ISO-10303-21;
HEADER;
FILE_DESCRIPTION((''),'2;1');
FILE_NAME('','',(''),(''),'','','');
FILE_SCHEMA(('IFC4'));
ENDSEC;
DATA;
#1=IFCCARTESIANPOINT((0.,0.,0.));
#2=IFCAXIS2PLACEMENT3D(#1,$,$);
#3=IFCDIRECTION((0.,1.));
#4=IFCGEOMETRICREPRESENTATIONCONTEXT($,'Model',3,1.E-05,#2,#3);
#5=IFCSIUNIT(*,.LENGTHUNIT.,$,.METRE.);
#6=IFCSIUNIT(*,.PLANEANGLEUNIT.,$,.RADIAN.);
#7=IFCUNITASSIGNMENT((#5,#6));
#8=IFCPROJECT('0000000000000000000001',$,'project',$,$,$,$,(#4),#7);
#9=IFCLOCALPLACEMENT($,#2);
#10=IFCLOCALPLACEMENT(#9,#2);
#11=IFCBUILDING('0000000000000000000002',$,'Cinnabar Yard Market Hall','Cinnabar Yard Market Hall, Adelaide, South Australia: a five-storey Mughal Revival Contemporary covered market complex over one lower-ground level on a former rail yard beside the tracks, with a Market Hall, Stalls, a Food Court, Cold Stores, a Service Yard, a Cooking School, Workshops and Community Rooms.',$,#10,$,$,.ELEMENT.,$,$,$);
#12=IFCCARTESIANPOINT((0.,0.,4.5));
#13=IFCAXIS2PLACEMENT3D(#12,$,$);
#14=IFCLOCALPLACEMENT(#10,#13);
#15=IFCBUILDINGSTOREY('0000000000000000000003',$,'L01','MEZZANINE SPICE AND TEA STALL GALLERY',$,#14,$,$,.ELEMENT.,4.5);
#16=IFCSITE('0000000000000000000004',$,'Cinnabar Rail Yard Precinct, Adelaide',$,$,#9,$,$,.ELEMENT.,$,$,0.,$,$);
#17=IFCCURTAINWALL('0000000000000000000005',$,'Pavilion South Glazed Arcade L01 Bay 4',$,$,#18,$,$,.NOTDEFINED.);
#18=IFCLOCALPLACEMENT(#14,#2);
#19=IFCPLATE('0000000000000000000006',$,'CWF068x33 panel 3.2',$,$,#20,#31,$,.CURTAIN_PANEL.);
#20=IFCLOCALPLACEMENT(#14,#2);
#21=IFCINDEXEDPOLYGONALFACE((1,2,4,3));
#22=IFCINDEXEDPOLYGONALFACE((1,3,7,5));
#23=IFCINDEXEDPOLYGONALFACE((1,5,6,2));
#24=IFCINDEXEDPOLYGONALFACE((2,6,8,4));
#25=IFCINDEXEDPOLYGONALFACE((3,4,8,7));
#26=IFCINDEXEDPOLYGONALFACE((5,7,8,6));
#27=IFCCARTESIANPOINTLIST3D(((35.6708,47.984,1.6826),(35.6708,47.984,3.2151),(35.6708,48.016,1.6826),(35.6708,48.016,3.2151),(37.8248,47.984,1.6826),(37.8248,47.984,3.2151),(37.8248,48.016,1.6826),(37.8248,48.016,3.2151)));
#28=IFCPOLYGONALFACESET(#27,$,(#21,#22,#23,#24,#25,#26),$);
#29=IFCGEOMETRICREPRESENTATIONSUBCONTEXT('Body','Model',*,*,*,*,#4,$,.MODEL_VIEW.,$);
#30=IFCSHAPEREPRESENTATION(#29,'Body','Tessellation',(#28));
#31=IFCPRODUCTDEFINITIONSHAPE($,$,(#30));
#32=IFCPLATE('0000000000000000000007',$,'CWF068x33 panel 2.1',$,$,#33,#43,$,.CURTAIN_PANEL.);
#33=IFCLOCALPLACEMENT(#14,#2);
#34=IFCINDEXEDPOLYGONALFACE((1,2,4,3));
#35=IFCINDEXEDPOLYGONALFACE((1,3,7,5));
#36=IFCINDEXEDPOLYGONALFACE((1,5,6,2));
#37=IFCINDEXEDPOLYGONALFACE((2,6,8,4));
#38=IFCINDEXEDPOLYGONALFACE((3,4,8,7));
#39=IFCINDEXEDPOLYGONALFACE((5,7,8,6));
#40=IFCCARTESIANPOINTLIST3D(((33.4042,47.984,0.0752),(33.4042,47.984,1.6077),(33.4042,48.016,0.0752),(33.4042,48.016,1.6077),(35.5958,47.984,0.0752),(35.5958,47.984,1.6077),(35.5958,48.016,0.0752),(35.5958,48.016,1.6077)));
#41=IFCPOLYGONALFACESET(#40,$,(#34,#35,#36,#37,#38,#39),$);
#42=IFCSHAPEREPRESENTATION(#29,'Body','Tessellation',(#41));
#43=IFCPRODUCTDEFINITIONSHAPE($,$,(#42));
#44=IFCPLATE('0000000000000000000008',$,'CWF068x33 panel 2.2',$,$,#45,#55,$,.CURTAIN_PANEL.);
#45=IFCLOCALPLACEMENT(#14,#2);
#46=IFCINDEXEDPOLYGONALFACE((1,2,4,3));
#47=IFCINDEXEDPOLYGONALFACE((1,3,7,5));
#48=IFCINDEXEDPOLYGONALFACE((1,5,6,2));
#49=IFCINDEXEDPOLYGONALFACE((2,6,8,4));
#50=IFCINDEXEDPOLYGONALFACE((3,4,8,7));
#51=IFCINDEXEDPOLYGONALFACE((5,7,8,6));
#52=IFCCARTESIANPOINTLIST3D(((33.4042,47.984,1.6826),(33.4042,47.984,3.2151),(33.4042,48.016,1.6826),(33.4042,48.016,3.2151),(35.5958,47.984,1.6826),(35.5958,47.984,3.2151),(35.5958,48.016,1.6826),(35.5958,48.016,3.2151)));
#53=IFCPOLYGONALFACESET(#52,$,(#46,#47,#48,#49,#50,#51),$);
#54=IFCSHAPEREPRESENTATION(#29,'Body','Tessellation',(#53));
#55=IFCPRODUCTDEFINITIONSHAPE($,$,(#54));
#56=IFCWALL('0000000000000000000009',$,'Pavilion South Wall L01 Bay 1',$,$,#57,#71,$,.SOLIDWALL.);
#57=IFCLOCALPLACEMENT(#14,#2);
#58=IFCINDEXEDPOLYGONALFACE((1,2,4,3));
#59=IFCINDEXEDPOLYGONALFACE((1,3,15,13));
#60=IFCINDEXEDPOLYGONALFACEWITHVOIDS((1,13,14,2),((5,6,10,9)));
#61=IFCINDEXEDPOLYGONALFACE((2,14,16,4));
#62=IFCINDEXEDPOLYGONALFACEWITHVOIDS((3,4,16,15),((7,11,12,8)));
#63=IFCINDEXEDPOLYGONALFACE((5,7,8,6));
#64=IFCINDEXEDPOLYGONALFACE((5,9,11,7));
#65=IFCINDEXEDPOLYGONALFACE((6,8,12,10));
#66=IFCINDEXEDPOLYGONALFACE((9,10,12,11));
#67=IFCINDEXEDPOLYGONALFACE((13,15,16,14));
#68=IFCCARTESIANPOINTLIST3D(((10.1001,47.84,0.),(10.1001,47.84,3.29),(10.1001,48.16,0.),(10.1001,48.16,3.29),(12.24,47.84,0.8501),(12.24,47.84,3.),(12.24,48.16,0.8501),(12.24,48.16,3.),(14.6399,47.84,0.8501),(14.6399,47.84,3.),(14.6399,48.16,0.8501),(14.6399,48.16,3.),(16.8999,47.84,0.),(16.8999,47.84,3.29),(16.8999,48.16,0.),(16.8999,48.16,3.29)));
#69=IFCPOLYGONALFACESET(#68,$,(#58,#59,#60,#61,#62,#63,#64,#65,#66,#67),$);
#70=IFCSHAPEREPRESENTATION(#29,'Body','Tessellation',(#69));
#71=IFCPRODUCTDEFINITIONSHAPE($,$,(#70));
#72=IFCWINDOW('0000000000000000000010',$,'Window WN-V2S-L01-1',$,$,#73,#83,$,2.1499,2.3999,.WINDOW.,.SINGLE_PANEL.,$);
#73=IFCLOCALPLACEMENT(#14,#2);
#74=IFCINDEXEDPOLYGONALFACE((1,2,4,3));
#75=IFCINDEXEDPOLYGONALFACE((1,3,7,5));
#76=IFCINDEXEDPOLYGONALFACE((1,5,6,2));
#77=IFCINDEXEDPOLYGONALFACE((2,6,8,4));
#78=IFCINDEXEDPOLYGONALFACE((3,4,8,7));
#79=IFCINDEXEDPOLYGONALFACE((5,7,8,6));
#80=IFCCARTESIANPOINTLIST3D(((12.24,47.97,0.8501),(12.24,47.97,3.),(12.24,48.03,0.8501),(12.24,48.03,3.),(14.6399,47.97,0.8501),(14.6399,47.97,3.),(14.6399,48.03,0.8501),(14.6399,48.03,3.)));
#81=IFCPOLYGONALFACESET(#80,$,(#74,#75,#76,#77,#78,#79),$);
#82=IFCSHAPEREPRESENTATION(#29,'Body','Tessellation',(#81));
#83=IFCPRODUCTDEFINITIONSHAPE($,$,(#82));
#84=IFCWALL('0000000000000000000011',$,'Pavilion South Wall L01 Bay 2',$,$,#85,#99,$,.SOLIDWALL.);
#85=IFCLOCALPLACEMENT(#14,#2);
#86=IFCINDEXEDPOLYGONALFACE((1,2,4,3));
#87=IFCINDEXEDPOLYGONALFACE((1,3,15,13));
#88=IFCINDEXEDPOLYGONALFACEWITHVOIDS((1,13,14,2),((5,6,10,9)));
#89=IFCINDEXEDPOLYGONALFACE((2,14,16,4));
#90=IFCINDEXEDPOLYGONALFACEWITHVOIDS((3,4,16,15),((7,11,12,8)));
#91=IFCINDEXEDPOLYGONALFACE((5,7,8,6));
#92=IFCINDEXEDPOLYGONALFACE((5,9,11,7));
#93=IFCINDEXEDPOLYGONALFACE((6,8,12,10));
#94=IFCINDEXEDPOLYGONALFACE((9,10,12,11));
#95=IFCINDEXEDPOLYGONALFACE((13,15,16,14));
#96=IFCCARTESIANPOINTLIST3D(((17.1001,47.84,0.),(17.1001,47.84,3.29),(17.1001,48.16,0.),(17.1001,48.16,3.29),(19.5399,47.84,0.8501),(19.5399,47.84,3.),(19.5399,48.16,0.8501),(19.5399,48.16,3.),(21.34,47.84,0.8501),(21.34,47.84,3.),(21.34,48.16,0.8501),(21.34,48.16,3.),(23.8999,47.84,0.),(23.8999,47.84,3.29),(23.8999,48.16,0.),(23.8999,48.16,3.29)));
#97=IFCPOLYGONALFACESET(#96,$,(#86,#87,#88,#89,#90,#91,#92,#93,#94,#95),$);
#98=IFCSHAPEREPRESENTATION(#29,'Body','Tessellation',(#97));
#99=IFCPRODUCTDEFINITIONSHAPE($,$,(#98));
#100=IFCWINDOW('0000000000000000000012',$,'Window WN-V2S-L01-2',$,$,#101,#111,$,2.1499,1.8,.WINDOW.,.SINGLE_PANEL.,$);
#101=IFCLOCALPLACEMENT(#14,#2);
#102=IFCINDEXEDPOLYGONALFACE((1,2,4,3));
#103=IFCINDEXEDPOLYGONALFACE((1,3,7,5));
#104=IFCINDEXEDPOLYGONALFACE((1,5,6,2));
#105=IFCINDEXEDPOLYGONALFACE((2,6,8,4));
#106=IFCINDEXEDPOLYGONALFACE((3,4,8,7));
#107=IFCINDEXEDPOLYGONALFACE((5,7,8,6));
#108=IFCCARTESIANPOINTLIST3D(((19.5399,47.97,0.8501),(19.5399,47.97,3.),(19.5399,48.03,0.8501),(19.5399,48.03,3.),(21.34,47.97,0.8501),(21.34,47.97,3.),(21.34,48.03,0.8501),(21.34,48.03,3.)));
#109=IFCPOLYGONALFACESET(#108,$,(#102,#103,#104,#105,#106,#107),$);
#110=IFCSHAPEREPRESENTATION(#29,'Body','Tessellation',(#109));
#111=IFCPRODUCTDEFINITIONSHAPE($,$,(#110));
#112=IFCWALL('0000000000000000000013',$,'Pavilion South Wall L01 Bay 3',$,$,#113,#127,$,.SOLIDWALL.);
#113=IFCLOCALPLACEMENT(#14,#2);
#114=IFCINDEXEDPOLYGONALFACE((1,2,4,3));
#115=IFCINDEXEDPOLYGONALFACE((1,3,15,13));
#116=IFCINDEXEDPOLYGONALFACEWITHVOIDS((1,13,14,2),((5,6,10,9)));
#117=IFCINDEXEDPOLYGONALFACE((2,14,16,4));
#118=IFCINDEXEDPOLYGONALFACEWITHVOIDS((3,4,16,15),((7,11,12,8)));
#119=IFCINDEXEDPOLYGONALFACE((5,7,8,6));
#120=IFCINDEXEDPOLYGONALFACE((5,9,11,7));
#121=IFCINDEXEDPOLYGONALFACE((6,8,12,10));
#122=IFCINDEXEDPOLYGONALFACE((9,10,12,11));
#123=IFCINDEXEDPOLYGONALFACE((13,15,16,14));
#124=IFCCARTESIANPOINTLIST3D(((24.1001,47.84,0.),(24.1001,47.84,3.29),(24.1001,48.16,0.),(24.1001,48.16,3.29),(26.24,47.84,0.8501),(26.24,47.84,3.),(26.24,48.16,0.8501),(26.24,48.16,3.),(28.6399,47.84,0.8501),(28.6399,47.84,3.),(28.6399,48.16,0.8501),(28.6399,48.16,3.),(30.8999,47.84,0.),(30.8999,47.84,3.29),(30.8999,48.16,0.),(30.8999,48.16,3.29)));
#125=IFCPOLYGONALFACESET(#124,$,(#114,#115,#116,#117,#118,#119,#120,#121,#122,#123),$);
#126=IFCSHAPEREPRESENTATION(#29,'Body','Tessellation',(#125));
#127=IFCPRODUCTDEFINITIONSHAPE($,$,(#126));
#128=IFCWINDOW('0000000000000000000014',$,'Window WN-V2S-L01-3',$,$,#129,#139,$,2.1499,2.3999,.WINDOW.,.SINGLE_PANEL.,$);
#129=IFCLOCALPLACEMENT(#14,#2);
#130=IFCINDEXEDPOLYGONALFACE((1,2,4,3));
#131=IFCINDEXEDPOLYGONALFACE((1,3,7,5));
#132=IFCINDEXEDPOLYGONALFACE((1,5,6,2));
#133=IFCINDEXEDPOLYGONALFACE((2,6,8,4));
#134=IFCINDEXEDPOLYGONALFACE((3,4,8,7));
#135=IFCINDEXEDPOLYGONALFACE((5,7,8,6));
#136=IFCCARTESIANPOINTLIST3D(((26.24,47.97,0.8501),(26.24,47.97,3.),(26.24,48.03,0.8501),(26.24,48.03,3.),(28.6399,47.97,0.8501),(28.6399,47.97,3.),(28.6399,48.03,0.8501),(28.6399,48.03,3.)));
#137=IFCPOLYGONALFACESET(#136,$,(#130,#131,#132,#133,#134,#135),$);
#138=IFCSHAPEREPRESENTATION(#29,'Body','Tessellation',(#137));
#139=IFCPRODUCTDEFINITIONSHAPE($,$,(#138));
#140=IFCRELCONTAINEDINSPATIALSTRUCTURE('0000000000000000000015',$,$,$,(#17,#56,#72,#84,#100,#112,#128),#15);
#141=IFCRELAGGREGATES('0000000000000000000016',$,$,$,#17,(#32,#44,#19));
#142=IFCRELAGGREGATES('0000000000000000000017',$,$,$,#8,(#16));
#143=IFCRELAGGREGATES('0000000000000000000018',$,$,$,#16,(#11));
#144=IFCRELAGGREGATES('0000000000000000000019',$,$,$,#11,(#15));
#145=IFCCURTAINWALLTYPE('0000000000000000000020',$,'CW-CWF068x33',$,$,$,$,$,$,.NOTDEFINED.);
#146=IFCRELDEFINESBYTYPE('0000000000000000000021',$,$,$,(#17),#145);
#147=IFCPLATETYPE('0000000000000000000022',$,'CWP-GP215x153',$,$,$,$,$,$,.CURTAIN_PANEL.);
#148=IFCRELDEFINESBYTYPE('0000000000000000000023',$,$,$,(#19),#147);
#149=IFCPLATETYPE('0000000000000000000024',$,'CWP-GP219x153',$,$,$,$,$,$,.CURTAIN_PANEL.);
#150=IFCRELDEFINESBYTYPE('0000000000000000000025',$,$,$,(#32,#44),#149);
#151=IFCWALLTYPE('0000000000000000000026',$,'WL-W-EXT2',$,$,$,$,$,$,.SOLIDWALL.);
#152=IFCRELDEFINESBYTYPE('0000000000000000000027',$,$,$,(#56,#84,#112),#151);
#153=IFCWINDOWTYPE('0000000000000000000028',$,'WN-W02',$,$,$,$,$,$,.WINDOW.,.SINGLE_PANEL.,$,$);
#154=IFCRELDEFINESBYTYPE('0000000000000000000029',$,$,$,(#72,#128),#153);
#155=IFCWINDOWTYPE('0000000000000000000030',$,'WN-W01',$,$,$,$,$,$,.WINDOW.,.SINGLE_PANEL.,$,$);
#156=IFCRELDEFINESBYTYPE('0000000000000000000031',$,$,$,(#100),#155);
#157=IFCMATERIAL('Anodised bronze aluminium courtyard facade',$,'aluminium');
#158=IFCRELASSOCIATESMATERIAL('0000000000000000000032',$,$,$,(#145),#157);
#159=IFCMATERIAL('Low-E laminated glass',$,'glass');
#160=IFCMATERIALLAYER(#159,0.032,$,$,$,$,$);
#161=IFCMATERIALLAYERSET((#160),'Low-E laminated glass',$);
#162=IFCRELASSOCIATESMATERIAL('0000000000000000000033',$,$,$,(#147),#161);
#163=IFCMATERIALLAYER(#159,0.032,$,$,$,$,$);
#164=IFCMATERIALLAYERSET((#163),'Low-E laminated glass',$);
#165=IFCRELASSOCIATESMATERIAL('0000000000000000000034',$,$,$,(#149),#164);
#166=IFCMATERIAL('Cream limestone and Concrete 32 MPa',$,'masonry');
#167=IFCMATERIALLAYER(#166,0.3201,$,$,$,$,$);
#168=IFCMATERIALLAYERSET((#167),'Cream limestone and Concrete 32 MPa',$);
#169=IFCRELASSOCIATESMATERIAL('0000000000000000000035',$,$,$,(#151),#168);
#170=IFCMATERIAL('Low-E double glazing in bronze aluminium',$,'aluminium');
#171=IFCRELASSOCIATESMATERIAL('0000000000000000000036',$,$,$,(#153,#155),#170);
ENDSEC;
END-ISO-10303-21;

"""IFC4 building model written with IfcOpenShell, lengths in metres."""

from ifc_helpers import new_model, si_unit, direction, frame, frame_2d, origin, origin_2d_with_axis, place, context, subcontext, project, spatial, rectangle, extrude, material, layer, layer_set, type_object, element, fill, aggregate, save


model = new_model("IFC4")

# Units and contexts
model_context = context("Model", 3, precision=1e-05, world=origin(), true_north=direction((0.0, 1.0)))
body_context = subcontext(model_context, "Body", "Model", "MODEL_VIEW")
ifc_project = project(units=[si_unit("LENGTHUNIT", "METRE"), si_unit("PLANEANGLEUNIT", "RADIAN")], contexts=[model_context])

# Site, building, storey
site_placement = place(None, origin())
site = spatial("IfcSite", under=ifc_project, at=site_placement, Name="Cinnabar Rail Yard Precinct, Adelaide", CompositionType="ELEMENT", RefElevation=0.0)
building_placement = place(site_placement, origin())
building = spatial("IfcBuilding", under=site, at=building_placement, Name="Cinnabar Yard Market Hall", Description="Cinnabar Yard Market Hall, Adelaide, South Australia: a five-storey Mughal Revival Contemporary covered market complex over one lower-ground level on a former rail yard beside the tracks, with a Market Hall, Stalls, a Food Court, Cold Stores, a Service Yard, a Cooking School, Workshops and Community Rooms.", CompositionType="ELEMENT")
storey_placement = place(building_placement, frame((0.0, 0.0, 4.5)))
storey = spatial("IfcBuildingStorey", under=building, at=storey_placement, Name="L01", Description="MEZZANINE SPICE AND TEA STALL GALLERY", CompositionType="ELEMENT", Elevation=4.5)

# Curtain wall, plates
ifc_material_1 = material(Name="Anodised bronze aluminium courtyard facade", Category="aluminium")
curtain_wall_type = type_object("IfcCurtainWallType", Name="CW-CWF068x33", PredefinedType="NOTDEFINED", material=ifc_material_1)
curtain_wall_placement = place(storey_placement, origin())
curtain_wall = element("IfcCurtainWall", 1, at=curtain_wall_placement, inside=storey, type_object=curtain_wall_type, Name="Pavilion South Glazed Arcade L01 Bay 4", PredefinedType="NOTDEFINED")
ifc_material_2 = material(Name="Low-E laminated glass", Category="glass")
ifc_layer_1 = layer(ifc_material_2, 0.032)
ifc_layer_set_1 = layer_set([ifc_layer_1], Name="Low-E laminated glass")
plate_type_1 = type_object("IfcPlateType", Name="CWP-GP215x153", PredefinedType="CURTAIN_PANEL", material=ifc_layer_set_1)
plate_1_placement = place(storey_placement, frame((36.7478, 48.0, 1.6826), z_axis=(0.0, 0.0, 1.0), x_axis=(1.0, 0.0, 0.0)))
plate_1 = element("IfcPlate", 2, at=plate_1_placement, type_object=plate_type_1, Name="CWF068x33 panel 3.2", PredefinedType="CURTAIN_PANEL", context=body_context, shape_type="SweptSolid", body=[
    extrude(rectangle(XDim=2.1541, YDim=0.032, at=origin_2d_with_axis()), origin(), (0.0, 0.0, 1.0), 1.5325),
])
ifc_layer_2 = layer(ifc_material_2, 0.032)
ifc_layer_set_2 = layer_set([ifc_layer_2], Name="Low-E laminated glass")
plate_type_2 = type_object("IfcPlateType", Name="CWP-GP219x153", PredefinedType="CURTAIN_PANEL", material=ifc_layer_set_2)
plate_2_placement = place(storey_placement, frame((34.5, 48.0, 0.0752), z_axis=(0.0, 0.0, 1.0), x_axis=(1.0, 0.0, 0.0)))
plate_2 = element("IfcPlate", 3, at=plate_2_placement, type_object=plate_type_2, Name="CWF068x33 panel 2.1", PredefinedType="CURTAIN_PANEL", context=body_context, shape_type="SweptSolid", body=[
    extrude(rectangle(XDim=2.1917, YDim=0.032, at=origin_2d_with_axis()), origin(), (0.0, 0.0, 1.0), 1.5325),
])
plate_3_placement = place(storey_placement, frame((34.5, 48.0, 1.6826), z_axis=(0.0, 0.0, 1.0), x_axis=(1.0, 0.0, 0.0)))
plate_3 = element("IfcPlate", 4, at=plate_3_placement, type_object=plate_type_2, Name="CWF068x33 panel 2.2", PredefinedType="CURTAIN_PANEL", context=body_context, shape_type="SweptSolid", body=[
    extrude(rectangle(XDim=2.1917, YDim=0.032, at=origin_2d_with_axis()), origin(), (0.0, 0.0, 1.0), 1.5325),
])
aggregate(curtain_wall, [plate_2, plate_3, plate_1])

# Walls, openings, windows
ifc_material_3 = material(Name="Cream limestone and Concrete 32 MPa", Category="masonry")
ifc_layer_3 = layer(ifc_material_3, 0.3201)
ifc_layer_set_3 = layer_set([ifc_layer_3], Name="Cream limestone and Concrete 32 MPa")
wall_type = type_object("IfcWallType", Name="WL-W-EXT2", PredefinedType="SOLIDWALL", material=ifc_layer_set_3)
wall_1_placement = place(storey_placement, frame((10.1001, 48.0, 0.0), z_axis=(0.0, 0.0, 1.0), x_axis=(1.0, 0.0, 0.0)))
wall_1 = element("IfcWall", 5, at=wall_1_placement, inside=storey, type_object=wall_type, Name="Pavilion South Wall L01 Bay 1", PredefinedType="SOLIDWALL", context=body_context, shape_type="SweptSolid", body=[
    extrude(rectangle(XDim=6.7998, YDim=0.3201, at=frame_2d((3.3999, 0.0), x_axis=(1.0, 0.0))), origin(), (0.0, 0.0, 1.0), 3.29),
])
opening_1_placement = place(wall_1_placement, frame((2.1399, 0.0, 0.8501)))
opening_1 = element("IfcOpeningElement", 6, at=opening_1_placement, cuts=wall_1, PredefinedType="OPENING", context=body_context, shape_type="SweptSolid", body=[
    extrude(rectangle(XDim=2.3999, YDim=2.1499, at=frame_2d((1.2, 1.075), x_axis=(1.0, 0.0))), frame((0.0, 0.1699, 0.0), z_axis=(0.0, -1.0, 0.0), x_axis=(1.0, 0.0, 0.0)), (0.0, 0.0, 1.0), 0.3401),
])
ifc_material_4 = material(Name="Low-E double glazing in bronze aluminium", Category="aluminium")
window_type_1 = type_object("IfcWindowType", Name="WN-W02", PartitioningType="SINGLE_PANEL", PredefinedType="WINDOW", material=ifc_material_4)
window_1_placement = place(opening_1_placement, origin())
window_1 = element("IfcWindow", 7, at=window_1_placement, inside=storey, type_object=window_type_1, Name="Window WN-V2S-L01-1", OverallHeight=2.1499, OverallWidth=2.3999, PartitioningType="SINGLE_PANEL", PredefinedType="WINDOW", context=body_context, shape_type="SweptSolid", body=[
    extrude(rectangle(XDim=2.3999, YDim=2.1499, at=frame_2d((1.2, 1.075), x_axis=(1.0, 0.0))), frame((0.0, 0.03, 0.0), z_axis=(0.0, -1.0, 0.0), x_axis=(1.0, 0.0, 0.0)), (0.0, 0.0, 1.0), 0.0601),
])
fill(opening_1, window_1)
wall_2_placement = place(storey_placement, frame((17.1001, 48.0, 0.0), z_axis=(0.0, 0.0, 1.0), x_axis=(1.0, 0.0, 0.0)))
wall_2 = element("IfcWall", 8, at=wall_2_placement, inside=storey, type_object=wall_type, Name="Pavilion South Wall L01 Bay 2", PredefinedType="SOLIDWALL", context=body_context, shape_type="SweptSolid", body=[
    extrude(rectangle(XDim=6.7998, YDim=0.3201, at=frame_2d((3.3999, 0.0), x_axis=(1.0, 0.0))), origin(), (0.0, 0.0, 1.0), 3.29),
])
opening_2_placement = place(wall_2_placement, frame((2.4399, 0.0, 0.8501)))
opening_2 = element("IfcOpeningElement", 9, at=opening_2_placement, cuts=wall_2, PredefinedType="OPENING", context=body_context, shape_type="SweptSolid", body=[
    extrude(rectangle(XDim=1.8, YDim=2.1499, at=frame_2d((0.8999, 1.075), x_axis=(1.0, 0.0))), frame((0.0, 0.1699, 0.0), z_axis=(0.0, -1.0, 0.0), x_axis=(1.0, 0.0, 0.0)), (0.0, 0.0, 1.0), 0.3401),
])
window_type_2 = type_object("IfcWindowType", Name="WN-W01", PartitioningType="SINGLE_PANEL", PredefinedType="WINDOW", material=ifc_material_4)
window_2_placement = place(opening_2_placement, origin())
window_2 = element("IfcWindow", 10, at=window_2_placement, inside=storey, type_object=window_type_2, Name="Window WN-V2S-L01-2", OverallHeight=2.1499, OverallWidth=1.8, PartitioningType="SINGLE_PANEL", PredefinedType="WINDOW", context=body_context, shape_type="SweptSolid", body=[
    extrude(rectangle(XDim=1.8, YDim=2.1499, at=frame_2d((0.8999, 1.075), x_axis=(1.0, 0.0))), frame((0.0, 0.03, 0.0), z_axis=(0.0, -1.0, 0.0), x_axis=(1.0, 0.0, 0.0)), (0.0, 0.0, 1.0), 0.0601),
])
fill(opening_2, window_2)
wall_3_placement = place(storey_placement, frame((24.1001, 48.0, 0.0), z_axis=(0.0, 0.0, 1.0), x_axis=(1.0, 0.0, 0.0)))
wall_3 = element("IfcWall", 11, at=wall_3_placement, inside=storey, type_object=wall_type, Name="Pavilion South Wall L01 Bay 3", PredefinedType="SOLIDWALL", context=body_context, shape_type="SweptSolid", body=[
    extrude(rectangle(XDim=6.7998, YDim=0.3201, at=frame_2d((3.3999, 0.0), x_axis=(1.0, 0.0))), origin(), (0.0, 0.0, 1.0), 3.29),
])
opening_3_placement = place(wall_3_placement, frame((2.1399, 0.0, 0.8501)))
opening_3 = element("IfcOpeningElement", 12, at=opening_3_placement, cuts=wall_3, PredefinedType="OPENING", context=body_context, shape_type="SweptSolid", body=[
    extrude(rectangle(XDim=2.3999, YDim=2.1499, at=frame_2d((1.2, 1.075), x_axis=(1.0, 0.0))), frame((0.0, 0.1699, 0.0), z_axis=(0.0, -1.0, 0.0), x_axis=(1.0, 0.0, 0.0)), (0.0, 0.0, 1.0), 0.3401),
])
window_3_placement = place(opening_3_placement, origin())
window_3 = element("IfcWindow", 13, at=window_3_placement, inside=storey, type_object=window_type_1, Name="Window WN-V2S-L01-3", OverallHeight=2.1499, OverallWidth=2.3999, PartitioningType="SINGLE_PANEL", PredefinedType="WINDOW", context=body_context, shape_type="SweptSolid", body=[
    extrude(rectangle(XDim=2.3999, YDim=2.1499, at=frame_2d((1.2, 1.075), x_axis=(1.0, 0.0))), frame((0.0, 0.03, 0.0), z_axis=(0.0, -1.0, 0.0), x_axis=(1.0, 0.0, 0.0)), (0.0, 0.0, 1.0), 0.0601),
])
fill(opening_3, window_3)

save(model, "model.ifc")
